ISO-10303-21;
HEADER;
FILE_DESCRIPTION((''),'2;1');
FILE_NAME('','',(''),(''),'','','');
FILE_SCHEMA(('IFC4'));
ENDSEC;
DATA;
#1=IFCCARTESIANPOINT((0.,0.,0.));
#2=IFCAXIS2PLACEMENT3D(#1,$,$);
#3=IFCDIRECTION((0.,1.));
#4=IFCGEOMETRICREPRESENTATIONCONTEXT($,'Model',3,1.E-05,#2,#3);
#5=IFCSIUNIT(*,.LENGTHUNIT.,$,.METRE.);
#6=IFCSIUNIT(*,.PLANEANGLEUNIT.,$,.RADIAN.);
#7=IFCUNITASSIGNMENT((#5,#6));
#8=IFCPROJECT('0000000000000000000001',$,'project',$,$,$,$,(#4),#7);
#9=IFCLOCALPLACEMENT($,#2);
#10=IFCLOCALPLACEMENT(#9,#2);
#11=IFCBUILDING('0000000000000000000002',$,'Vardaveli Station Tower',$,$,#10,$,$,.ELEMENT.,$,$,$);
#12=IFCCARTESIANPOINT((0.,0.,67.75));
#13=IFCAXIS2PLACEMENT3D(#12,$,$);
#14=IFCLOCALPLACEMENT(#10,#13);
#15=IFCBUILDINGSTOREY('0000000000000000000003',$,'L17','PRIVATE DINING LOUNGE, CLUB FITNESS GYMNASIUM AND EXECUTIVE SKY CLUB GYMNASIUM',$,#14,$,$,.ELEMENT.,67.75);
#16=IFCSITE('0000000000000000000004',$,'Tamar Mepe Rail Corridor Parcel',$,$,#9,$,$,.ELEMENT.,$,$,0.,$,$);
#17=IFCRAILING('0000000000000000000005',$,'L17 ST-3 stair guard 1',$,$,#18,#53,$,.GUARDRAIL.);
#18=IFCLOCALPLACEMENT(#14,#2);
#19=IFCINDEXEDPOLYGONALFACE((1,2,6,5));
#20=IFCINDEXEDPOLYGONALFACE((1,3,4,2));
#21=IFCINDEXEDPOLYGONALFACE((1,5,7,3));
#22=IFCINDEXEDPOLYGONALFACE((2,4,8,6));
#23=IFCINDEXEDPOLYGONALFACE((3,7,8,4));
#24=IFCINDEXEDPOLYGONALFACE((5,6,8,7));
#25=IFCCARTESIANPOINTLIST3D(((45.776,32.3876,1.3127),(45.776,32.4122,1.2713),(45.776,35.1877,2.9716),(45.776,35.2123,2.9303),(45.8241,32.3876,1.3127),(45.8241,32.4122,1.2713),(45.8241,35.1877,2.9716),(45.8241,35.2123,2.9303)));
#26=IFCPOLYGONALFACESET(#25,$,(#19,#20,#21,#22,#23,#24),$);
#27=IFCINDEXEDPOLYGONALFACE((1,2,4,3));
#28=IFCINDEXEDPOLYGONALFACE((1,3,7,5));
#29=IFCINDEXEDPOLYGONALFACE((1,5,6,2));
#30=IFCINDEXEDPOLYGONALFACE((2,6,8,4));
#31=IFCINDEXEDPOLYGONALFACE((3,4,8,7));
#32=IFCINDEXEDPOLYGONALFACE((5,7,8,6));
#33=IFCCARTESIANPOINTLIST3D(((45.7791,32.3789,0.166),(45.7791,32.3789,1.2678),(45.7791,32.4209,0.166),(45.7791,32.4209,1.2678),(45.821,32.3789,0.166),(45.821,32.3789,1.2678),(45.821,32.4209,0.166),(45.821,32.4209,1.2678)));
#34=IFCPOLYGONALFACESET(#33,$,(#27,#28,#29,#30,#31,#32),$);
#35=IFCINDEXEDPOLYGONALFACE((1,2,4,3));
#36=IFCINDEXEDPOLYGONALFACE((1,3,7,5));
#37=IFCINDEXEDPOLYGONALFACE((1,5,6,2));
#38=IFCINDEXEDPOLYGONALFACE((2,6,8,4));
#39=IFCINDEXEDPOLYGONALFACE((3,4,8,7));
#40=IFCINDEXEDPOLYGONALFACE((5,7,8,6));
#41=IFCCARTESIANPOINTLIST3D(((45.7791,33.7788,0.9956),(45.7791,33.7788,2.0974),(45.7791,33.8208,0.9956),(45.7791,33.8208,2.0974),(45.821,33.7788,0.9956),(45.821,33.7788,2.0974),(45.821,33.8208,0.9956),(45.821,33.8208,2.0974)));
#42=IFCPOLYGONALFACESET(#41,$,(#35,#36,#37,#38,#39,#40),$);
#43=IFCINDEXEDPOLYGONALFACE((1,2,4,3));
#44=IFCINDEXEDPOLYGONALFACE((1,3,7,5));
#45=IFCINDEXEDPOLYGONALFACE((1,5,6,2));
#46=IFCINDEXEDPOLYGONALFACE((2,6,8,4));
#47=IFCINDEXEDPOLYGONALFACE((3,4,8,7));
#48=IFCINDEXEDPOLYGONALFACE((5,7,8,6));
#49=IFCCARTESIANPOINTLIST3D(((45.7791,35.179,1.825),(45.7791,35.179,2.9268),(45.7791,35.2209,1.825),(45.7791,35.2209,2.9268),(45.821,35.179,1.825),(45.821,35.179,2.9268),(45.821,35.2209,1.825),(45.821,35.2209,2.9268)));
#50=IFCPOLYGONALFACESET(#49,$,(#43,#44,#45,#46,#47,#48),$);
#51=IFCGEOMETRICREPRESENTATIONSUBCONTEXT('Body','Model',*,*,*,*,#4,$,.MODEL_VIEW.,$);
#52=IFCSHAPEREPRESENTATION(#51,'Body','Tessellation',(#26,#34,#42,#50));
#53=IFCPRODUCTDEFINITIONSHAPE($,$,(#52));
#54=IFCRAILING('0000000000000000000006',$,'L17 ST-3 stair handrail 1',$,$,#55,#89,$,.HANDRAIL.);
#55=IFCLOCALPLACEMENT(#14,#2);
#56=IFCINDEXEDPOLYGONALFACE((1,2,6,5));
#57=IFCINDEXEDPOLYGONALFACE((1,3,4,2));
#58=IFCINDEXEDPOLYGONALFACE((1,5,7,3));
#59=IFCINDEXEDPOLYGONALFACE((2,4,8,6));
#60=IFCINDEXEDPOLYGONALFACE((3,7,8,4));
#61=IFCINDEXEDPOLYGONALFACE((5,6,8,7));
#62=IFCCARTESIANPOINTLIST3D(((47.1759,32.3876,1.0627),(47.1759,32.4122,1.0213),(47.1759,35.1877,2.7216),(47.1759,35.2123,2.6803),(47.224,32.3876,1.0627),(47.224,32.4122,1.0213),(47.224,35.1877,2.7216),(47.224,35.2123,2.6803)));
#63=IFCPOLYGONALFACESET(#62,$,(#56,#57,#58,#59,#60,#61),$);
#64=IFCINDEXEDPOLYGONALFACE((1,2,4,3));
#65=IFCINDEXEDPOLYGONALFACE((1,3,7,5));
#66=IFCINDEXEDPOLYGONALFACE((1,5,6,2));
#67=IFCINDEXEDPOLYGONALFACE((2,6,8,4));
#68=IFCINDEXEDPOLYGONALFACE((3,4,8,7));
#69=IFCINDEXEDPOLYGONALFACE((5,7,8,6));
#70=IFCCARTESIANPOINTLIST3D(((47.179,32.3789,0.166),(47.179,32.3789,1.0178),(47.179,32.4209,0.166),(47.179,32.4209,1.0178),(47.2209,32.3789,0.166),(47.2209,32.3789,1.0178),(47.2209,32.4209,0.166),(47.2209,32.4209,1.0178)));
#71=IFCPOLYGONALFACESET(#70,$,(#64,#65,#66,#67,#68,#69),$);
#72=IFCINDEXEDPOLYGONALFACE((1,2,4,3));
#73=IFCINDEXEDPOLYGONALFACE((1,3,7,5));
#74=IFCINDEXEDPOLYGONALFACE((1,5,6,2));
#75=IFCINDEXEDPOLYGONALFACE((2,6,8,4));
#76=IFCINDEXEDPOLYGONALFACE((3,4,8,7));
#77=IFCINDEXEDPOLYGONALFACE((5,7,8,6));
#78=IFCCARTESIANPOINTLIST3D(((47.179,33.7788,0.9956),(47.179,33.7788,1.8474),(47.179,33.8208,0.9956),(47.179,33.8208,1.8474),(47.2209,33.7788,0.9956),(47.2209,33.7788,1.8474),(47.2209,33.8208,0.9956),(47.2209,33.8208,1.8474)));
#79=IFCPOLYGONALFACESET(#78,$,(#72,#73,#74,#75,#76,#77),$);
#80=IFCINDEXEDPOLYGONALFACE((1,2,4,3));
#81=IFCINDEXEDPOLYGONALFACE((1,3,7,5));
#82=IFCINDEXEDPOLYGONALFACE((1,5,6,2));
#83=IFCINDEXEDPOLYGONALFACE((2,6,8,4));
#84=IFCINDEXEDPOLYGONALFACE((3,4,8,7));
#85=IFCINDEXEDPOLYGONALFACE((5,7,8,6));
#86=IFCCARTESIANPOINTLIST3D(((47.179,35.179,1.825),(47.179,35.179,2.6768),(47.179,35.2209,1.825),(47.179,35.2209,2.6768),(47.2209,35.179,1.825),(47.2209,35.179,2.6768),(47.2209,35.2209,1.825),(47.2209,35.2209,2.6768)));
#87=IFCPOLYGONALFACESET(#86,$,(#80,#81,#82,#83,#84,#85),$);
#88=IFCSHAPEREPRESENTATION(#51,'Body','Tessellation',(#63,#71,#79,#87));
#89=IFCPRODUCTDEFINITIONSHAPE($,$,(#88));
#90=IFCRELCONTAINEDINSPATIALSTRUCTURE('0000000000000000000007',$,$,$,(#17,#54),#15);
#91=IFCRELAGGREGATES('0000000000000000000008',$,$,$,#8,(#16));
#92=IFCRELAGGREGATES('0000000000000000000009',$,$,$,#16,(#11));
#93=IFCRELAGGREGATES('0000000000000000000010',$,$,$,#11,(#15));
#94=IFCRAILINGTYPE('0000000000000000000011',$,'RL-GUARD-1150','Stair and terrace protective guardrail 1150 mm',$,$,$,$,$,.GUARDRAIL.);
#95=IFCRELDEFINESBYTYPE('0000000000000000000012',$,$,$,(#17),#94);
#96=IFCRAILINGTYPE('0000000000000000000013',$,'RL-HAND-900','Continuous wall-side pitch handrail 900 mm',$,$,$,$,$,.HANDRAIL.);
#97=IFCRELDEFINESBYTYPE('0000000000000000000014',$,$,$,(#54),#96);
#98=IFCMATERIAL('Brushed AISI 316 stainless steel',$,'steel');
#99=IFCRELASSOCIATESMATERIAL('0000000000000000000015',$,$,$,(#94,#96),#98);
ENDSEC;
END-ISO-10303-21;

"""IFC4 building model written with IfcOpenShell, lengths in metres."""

from ifc_helpers import new_model, si_unit, direction, frame, origin, origin_2d, place, context, subcontext, project, spatial, rectangle, extrude, source, transform, mapped, material, type_object, element, save


model = new_model("IFC4")

# Units and contexts
model_context = context("Model", 3, precision=1e-05, world=origin(), true_north=direction((0.0, 1.0)))
body_context = subcontext(model_context, "Body", "Model", "MODEL_VIEW")
ifc_project = project(units=[si_unit("LENGTHUNIT", "METRE"), si_unit("PLANEANGLEUNIT", "RADIAN")], contexts=[model_context])

# Site, building, storey
site_placement = place(None, origin())
site = spatial("IfcSite", under=ifc_project, at=site_placement, Name="Tamar Mepe Rail Corridor Parcel", CompositionType="ELEMENT", RefElevation=0.0)
building_placement = place(site_placement, origin())
building = spatial("IfcBuilding", under=site, at=building_placement, Name="Vardaveli Station Tower", CompositionType="ELEMENT")
storey_placement = place(building_placement, frame((0.0, 0.0, 67.75)))
storey = spatial("IfcBuildingStorey", under=building, at=storey_placement, Name="L17", Description="PRIVATE DINING LOUNGE, CLUB FITNESS GYMNASIUM AND EXECUTIVE SKY CLUB GYMNASIUM", CompositionType="ELEMENT", Elevation=67.75)

# Railings
ifc_material_1 = material(Name="Brushed AISI 316 stainless steel", Category="steel")
railing_type_1 = type_object("IfcRailingType", Name="RL-GUARD-1150", Description="Stair and terrace protective guardrail 1150 mm", PredefinedType="GUARDRAIL", material=ifc_material_1)
shared_shape_1 = source(origin(), body_context, "Body", "SweptSolid", [
    extrude(rectangle(XDim=0.0481, YDim=0.0481, at=origin_2d()), frame((0.0, 0.0, 1.126), z_axis=(0.0, 0.860339, 0.509722), x_axis=(-1.0, 0.0, 0.0)), (0.0, 0.0, 1.0), 3.2546),
    extrude(rectangle(XDim=0.042, YDim=0.042, at=origin_2d()), origin(), (0.0, 0.0, 1.0), 1.1018),
    extrude(rectangle(XDim=0.042, YDim=0.042, at=origin_2d()), frame((0.0, 1.3999, 0.8296)), (0.0, 0.0, 1.0), 1.1018),
    extrude(rectangle(XDim=0.042, YDim=0.042, at=origin_2d()), frame((0.0, 2.8, 1.6589)), (0.0, 0.0, 1.0), 1.1018),
])
railing_1_placement = place(storey_placement, frame((45.8, 32.3999, 0.166)))
element("IfcRailing", 1, at=railing_1_placement, inside=storey, type_object=railing_type_1, Name="L17 ST-3 stair guard 1", PredefinedType="GUARDRAIL", context=body_context, shape_type="MappedRepresentation", body=[
    mapped(shared_shape_1, transform((0.0, 0.0, 0.0), scale=1.0)),
])
railing_type_2 = type_object("IfcRailingType", Name="RL-HAND-900", Description="Continuous wall-side pitch handrail 900 mm", PredefinedType="HANDRAIL", material=ifc_material_1)
shared_shape_2 = source(origin(), body_context, "Body", "SweptSolid", [
    extrude(rectangle(XDim=0.0481, YDim=0.0481, at=origin_2d()), frame((0.0, 0.0, 0.876), z_axis=(0.0, 0.860339, 0.509722), x_axis=(-1.0, 0.0, 0.0)), (0.0, 0.0, 1.0), 3.2546),
    extrude(rectangle(XDim=0.042, YDim=0.042, at=origin_2d()), origin(), (0.0, 0.0, 1.0), 0.8518),
    extrude(rectangle(XDim=0.042, YDim=0.042, at=origin_2d()), frame((0.0, 1.3999, 0.8296)), (0.0, 0.0, 1.0), 0.8518),
    extrude(rectangle(XDim=0.042, YDim=0.042, at=origin_2d()), frame((0.0, 2.8, 1.6589)), (0.0, 0.0, 1.0), 0.8518),
])
railing_2_placement = place(storey_placement, frame((47.2, 32.3999, 0.166)))
element("IfcRailing", 2, at=railing_2_placement, inside=storey, type_object=railing_type_2, Name="L17 ST-3 stair handrail 1", PredefinedType="HANDRAIL", context=body_context, shape_type="MappedRepresentation", body=[
    mapped(shared_shape_2, transform((0.0, 0.0, 0.0), scale=1.0)),
])

save(model, "model.ifc")
